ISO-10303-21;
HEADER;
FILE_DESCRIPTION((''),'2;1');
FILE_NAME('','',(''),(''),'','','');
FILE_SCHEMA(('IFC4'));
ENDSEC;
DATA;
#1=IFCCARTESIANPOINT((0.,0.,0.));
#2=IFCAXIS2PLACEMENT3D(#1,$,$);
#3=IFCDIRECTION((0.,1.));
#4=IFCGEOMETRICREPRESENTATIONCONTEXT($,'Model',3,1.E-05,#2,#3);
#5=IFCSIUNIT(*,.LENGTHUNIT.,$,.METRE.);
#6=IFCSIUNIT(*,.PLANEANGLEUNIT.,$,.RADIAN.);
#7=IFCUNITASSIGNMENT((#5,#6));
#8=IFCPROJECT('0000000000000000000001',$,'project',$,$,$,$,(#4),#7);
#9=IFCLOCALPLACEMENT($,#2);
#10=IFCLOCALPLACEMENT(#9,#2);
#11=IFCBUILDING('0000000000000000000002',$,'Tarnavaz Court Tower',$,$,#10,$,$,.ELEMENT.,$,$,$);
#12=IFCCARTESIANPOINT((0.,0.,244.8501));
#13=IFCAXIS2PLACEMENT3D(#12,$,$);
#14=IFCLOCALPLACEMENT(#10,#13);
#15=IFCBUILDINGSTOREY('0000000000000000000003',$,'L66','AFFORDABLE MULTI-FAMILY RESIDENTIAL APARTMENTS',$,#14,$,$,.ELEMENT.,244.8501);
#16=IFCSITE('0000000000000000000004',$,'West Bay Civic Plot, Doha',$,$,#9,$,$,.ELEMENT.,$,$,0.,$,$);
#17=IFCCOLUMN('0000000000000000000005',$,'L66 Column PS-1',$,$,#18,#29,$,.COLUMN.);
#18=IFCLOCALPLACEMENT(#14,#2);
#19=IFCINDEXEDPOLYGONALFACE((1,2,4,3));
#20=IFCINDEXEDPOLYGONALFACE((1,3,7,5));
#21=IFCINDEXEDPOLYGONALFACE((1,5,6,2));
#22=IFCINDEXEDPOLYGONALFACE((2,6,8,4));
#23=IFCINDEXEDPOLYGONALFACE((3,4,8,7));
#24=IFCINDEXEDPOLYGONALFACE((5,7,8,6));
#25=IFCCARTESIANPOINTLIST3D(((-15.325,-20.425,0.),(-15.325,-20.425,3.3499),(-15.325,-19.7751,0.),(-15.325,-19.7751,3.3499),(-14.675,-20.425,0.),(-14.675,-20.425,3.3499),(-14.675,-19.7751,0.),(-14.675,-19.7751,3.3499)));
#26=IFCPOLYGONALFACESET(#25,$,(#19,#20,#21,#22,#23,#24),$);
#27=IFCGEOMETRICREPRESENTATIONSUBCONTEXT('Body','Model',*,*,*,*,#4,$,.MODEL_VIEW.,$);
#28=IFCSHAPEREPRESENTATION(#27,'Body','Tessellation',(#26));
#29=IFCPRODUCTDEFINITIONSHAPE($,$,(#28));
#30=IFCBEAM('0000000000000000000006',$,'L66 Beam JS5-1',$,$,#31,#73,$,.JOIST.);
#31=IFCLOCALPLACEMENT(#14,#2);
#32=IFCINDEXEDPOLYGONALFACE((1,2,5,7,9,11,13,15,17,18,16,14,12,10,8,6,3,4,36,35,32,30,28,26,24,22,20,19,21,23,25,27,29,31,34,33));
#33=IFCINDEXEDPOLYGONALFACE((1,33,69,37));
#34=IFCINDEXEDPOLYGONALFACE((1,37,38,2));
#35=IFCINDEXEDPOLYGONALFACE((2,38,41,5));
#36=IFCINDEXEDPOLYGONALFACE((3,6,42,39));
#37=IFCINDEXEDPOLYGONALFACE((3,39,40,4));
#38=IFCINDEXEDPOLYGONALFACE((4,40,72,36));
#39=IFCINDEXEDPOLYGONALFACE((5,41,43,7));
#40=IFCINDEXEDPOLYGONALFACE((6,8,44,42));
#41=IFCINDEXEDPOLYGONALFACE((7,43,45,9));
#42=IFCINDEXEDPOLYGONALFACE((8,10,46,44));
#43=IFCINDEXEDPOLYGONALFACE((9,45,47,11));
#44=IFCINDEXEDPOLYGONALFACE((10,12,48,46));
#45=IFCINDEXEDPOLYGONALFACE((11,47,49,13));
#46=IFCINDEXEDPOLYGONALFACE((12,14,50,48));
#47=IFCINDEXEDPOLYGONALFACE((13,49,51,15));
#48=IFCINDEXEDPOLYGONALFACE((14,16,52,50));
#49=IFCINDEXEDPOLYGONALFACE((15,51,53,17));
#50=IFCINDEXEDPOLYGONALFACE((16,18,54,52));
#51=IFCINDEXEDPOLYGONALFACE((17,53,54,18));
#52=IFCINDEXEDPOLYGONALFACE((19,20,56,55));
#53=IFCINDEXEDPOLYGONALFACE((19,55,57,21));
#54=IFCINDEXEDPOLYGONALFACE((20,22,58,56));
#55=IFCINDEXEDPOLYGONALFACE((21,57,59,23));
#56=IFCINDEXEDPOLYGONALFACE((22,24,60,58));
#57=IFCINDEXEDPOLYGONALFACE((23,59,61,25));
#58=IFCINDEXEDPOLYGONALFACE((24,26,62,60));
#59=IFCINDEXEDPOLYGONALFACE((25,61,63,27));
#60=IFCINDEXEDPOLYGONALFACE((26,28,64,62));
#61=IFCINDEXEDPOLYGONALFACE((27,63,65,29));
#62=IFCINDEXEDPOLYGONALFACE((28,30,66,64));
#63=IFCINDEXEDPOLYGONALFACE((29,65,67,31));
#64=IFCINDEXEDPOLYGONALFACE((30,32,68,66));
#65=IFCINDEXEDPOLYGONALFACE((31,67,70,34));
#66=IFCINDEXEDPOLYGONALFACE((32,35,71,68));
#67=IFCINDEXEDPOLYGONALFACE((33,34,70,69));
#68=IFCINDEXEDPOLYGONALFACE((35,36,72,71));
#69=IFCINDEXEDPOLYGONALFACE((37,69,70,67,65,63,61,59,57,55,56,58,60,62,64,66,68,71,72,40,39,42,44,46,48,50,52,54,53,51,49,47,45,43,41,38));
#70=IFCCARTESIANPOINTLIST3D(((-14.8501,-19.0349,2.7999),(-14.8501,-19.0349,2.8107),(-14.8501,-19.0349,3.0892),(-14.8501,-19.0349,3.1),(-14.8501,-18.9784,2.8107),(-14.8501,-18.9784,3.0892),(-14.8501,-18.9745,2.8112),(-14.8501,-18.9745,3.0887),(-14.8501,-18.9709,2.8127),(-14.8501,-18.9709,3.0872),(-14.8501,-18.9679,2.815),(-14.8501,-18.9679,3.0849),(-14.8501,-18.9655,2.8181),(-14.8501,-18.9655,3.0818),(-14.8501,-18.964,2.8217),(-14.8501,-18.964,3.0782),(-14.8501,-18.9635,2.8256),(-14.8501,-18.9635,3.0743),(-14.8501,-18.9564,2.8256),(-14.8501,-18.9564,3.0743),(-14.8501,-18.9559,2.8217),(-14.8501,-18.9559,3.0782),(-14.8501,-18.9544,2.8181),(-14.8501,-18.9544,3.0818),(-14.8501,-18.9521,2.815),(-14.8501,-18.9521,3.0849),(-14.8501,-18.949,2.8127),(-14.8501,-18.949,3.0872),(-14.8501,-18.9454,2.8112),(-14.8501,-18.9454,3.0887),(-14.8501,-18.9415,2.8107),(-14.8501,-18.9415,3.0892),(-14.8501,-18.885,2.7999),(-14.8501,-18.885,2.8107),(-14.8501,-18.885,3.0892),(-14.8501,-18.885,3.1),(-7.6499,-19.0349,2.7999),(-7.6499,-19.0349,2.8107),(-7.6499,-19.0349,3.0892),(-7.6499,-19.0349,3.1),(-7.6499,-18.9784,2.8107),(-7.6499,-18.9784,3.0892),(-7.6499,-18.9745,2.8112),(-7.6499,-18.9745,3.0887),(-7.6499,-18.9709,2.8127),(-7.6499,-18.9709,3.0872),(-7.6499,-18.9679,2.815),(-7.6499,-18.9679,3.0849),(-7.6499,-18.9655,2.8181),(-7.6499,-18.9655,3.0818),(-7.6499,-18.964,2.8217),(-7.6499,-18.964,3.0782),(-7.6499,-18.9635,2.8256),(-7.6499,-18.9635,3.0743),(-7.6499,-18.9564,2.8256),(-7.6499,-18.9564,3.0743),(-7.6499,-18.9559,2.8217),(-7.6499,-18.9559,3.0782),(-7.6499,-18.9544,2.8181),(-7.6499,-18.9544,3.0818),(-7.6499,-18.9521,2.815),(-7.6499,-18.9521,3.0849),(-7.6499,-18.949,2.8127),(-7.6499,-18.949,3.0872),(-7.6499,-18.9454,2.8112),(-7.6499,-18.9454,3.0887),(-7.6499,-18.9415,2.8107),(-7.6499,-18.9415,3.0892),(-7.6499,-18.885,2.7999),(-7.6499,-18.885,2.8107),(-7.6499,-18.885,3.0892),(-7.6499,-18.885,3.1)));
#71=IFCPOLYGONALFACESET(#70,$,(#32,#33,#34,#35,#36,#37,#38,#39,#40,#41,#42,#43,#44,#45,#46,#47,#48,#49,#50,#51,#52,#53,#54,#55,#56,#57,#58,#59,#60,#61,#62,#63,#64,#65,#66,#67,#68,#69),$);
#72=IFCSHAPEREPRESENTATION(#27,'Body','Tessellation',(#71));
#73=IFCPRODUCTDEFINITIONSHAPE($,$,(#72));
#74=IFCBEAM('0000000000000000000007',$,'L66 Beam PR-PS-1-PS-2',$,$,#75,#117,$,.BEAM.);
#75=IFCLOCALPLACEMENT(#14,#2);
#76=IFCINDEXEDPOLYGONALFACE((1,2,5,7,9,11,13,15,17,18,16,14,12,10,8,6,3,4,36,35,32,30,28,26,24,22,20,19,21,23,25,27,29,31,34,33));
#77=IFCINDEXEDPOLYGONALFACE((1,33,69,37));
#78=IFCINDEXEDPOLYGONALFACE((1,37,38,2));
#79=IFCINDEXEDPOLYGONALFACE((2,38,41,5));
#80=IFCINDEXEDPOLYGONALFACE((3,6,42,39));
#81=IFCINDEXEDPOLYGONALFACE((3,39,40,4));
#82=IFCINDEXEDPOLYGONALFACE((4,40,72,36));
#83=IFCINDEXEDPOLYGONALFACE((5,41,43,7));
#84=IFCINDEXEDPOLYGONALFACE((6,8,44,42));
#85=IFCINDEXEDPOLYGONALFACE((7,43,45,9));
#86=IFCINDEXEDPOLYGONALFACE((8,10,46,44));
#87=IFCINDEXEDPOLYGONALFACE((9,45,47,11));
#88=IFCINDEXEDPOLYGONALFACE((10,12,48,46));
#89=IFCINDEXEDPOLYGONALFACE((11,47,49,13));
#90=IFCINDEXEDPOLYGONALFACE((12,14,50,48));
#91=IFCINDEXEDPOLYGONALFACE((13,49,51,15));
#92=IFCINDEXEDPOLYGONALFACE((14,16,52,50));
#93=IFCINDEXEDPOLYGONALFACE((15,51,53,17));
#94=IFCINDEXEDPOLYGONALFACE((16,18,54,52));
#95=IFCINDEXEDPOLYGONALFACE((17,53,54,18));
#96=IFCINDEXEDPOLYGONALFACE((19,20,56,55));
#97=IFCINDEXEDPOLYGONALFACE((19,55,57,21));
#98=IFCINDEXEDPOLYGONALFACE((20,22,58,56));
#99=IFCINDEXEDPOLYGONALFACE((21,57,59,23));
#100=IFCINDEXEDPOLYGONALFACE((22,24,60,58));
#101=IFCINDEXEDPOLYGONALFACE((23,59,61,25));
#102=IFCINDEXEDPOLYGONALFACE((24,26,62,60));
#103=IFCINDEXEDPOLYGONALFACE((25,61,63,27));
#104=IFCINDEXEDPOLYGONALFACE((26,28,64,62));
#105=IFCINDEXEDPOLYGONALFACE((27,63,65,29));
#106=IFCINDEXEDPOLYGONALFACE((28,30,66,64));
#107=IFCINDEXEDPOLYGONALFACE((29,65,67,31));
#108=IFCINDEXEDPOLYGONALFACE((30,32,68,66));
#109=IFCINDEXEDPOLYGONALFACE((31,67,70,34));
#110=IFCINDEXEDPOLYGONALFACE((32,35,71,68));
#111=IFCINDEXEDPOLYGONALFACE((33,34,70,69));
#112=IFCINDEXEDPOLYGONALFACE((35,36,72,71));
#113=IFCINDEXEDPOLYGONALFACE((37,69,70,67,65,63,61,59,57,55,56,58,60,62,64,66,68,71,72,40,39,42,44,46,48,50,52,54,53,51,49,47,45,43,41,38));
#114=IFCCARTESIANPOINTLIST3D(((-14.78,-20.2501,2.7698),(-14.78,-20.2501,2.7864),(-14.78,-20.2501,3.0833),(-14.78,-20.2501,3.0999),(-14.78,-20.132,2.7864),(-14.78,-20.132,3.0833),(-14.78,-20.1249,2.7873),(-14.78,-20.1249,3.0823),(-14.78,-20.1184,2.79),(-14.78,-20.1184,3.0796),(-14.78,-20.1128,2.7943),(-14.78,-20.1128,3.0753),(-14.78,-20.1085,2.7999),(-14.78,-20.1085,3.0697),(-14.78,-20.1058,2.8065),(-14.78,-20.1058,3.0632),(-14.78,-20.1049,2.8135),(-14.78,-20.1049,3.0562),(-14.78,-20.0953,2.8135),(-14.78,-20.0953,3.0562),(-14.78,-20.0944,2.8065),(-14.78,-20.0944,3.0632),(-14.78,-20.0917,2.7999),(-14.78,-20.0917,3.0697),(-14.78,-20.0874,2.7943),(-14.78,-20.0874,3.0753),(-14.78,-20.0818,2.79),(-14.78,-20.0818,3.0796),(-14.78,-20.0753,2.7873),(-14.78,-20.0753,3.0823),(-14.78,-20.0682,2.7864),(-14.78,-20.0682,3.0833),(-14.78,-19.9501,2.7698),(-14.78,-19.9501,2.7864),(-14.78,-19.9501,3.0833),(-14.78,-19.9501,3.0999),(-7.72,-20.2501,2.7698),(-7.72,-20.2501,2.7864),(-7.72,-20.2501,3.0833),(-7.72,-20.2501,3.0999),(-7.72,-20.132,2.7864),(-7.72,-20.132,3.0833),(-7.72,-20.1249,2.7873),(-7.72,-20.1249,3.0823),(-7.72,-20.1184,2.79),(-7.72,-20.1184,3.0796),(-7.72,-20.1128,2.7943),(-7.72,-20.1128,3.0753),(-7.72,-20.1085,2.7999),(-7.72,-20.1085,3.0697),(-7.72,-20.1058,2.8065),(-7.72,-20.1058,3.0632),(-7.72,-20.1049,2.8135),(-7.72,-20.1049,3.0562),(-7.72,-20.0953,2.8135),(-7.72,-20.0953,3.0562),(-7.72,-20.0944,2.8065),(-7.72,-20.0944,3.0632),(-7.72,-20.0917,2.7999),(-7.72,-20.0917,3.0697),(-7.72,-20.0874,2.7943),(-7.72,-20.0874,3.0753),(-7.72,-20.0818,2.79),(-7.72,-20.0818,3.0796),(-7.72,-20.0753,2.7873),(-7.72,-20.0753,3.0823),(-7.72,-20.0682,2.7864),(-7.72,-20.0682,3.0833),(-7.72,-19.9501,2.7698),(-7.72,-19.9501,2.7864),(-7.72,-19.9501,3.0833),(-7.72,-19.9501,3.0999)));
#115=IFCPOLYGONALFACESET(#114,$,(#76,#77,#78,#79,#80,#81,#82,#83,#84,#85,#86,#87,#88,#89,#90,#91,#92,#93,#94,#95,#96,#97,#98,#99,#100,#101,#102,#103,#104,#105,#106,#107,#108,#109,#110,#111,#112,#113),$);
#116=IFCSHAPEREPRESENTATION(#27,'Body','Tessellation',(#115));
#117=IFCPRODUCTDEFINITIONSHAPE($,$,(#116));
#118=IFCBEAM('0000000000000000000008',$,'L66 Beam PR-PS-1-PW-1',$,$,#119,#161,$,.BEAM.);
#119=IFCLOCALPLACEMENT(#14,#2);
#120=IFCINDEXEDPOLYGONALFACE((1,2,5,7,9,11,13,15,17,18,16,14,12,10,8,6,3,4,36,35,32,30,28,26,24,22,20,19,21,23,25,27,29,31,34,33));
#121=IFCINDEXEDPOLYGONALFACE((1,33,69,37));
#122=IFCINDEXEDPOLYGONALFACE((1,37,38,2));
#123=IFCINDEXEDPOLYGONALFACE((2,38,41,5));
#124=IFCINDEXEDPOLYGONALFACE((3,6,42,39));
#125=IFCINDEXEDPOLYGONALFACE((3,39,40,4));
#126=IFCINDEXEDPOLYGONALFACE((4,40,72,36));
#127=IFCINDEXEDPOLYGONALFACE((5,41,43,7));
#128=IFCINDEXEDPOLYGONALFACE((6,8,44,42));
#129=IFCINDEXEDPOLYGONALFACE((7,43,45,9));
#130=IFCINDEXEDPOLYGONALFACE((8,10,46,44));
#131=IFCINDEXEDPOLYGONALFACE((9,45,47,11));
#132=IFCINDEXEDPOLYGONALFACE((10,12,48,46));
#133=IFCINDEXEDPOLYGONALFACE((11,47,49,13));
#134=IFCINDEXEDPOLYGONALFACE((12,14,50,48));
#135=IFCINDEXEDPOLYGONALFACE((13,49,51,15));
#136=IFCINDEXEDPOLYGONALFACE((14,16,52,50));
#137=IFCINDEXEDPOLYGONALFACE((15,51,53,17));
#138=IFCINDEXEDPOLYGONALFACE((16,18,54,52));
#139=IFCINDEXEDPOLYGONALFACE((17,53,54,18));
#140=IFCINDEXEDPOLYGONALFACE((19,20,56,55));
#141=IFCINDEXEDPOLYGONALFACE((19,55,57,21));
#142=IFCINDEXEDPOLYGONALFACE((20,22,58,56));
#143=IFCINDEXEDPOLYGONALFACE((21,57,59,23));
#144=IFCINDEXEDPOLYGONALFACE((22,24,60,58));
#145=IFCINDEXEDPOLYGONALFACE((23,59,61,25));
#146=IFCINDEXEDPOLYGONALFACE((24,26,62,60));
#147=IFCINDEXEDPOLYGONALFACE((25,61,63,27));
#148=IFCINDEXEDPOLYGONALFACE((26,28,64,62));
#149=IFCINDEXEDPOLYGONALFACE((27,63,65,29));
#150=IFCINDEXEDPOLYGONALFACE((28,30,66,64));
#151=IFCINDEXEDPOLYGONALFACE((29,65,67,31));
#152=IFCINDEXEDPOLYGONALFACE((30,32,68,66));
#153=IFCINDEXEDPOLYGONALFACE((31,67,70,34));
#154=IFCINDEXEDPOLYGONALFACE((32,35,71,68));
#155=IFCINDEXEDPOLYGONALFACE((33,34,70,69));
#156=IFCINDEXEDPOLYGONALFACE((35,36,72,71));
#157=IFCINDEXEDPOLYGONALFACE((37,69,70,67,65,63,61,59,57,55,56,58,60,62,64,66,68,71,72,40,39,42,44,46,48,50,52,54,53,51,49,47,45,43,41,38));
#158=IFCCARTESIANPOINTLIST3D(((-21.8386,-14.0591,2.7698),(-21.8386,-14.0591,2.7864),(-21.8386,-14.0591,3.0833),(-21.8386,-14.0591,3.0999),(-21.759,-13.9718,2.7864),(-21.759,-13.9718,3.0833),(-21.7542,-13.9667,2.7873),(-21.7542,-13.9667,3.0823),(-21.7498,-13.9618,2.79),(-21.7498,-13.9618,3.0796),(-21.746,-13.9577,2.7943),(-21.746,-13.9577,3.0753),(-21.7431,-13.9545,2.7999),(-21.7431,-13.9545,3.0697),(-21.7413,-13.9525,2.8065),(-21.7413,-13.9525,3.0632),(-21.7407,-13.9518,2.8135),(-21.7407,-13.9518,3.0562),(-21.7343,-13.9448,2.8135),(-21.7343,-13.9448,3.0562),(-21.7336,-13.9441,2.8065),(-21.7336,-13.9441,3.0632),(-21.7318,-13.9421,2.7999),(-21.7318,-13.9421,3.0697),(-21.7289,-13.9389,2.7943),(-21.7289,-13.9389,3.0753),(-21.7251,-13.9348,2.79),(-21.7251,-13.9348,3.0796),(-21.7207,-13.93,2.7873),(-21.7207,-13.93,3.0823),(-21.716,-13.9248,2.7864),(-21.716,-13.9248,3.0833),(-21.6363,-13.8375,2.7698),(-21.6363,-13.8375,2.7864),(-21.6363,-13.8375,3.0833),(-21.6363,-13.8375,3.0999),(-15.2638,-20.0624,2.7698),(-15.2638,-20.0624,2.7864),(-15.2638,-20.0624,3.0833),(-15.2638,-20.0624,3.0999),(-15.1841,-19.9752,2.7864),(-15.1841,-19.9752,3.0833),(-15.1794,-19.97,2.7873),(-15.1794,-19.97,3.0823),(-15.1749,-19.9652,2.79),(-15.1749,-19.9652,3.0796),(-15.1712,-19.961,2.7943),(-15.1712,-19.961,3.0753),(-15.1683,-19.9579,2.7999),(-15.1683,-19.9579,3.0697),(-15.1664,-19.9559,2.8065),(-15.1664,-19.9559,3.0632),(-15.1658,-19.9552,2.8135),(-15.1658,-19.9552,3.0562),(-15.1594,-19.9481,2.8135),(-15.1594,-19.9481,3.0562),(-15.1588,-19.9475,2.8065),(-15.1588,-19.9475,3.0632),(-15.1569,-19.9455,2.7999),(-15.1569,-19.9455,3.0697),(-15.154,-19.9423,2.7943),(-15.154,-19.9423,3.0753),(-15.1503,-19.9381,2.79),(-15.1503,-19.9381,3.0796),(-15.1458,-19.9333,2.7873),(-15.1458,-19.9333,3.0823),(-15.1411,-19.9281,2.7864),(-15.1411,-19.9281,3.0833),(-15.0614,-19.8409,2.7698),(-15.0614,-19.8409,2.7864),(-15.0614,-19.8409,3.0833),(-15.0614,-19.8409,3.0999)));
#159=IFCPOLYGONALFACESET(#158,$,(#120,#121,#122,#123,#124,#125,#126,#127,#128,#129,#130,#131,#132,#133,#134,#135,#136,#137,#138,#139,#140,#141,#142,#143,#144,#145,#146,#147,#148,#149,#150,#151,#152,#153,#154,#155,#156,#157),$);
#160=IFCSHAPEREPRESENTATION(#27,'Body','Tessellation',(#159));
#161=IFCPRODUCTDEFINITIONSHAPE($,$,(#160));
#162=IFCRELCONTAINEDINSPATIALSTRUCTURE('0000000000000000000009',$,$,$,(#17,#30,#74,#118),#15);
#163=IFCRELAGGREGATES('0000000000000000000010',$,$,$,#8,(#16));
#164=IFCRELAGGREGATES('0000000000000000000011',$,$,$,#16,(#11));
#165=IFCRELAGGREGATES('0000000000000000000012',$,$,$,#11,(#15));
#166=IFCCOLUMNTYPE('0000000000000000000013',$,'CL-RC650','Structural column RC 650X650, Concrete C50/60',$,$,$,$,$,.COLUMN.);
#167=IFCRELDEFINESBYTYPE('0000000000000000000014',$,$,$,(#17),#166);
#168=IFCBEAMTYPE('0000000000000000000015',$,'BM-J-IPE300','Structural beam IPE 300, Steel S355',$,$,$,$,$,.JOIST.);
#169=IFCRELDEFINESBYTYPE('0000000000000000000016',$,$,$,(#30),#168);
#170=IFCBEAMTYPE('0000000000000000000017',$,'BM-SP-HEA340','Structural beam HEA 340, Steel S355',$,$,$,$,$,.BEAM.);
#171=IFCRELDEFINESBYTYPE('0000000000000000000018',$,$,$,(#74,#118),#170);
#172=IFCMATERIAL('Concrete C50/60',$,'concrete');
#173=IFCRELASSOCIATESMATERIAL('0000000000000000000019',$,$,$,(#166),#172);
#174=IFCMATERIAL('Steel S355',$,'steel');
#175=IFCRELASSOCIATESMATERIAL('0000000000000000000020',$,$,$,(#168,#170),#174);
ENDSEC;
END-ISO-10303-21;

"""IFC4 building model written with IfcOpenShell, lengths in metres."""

from ifc_helpers import new_model, si_unit, direction, frame, origin, origin_2d, place, context, subcontext, project, spatial, rectangle, i_section, extrude, material, material_profile, profile_set, type_object, element, save


model = new_model("IFC4")

# Units and contexts
model_context = context("Model", 3, precision=1e-05, world=origin(), true_north=direction((0.0, 1.0)))
body_context = subcontext(model_context, "Body", "Model", "MODEL_VIEW")
ifc_project = project(units=[si_unit("LENGTHUNIT", "METRE"), si_unit("PLANEANGLEUNIT", "RADIAN")], contexts=[model_context])

# Site, building, storey
site_placement = place(None, origin())
site = spatial("IfcSite", under=ifc_project, at=site_placement, Name="West Bay Civic Plot, Doha", CompositionType="ELEMENT", RefElevation=0.0)
building_placement = place(site_placement, origin())
building = spatial("IfcBuilding", under=site, at=building_placement, Name="Tarnavaz Court Tower", CompositionType="ELEMENT")
storey_placement = place(building_placement, frame((0.0, 0.0, 244.8501)))
storey = spatial("IfcBuildingStorey", under=building, at=storey_placement, Name="L66", Description="AFFORDABLE MULTI-FAMILY RESIDENTIAL APARTMENTS", CompositionType="ELEMENT", Elevation=244.8501)

# Column
ifc_material_1 = material(Name="Concrete C50/60", Category="concrete")
ifc_material_profile_1 = material_profile(ifc_material_1, rectangle(XDim=0.6499, YDim=0.6499, at=origin_2d()), Name="RC 650X650")
ifc_profile_set_1 = profile_set([ifc_material_profile_1], Name="Concrete C50/60")
column_type = type_object("IfcColumnType", Name="CL-RC650", Description="Structural column RC 650X650, Concrete C50/60", PredefinedType="COLUMN", material=ifc_profile_set_1)
column_placement = place(storey_placement, frame((-15.0, -20.1001, 0.0), z_axis=(0.0, 0.0, 1.0), x_axis=(1.0, 0.0, 0.0)))
element("IfcColumn", 1, at=column_placement, inside=storey, type_object=column_type, Name="L66 Column PS-1", PredefinedType="COLUMN", context=body_context, shape_type="SweptSolid", body=[
    extrude(rectangle(XDim=0.6499, YDim=0.6499, at=origin_2d()), origin(), (0.0, 0.0, 1.0), 3.3499),
])

# Beams
ifc_material_2 = material(Name="Steel S355", Category="steel")
ifc_material_profile_2 = material_profile(ifc_material_2, i_section(OverallWidth=0.1499, OverallDepth=0.3, WebThickness=0.0071, FlangeThickness=0.0107, FilletRadius=0.0149, at=origin_2d()), Name="IPE 300")
ifc_profile_set_2 = profile_set([ifc_material_profile_2], Name="Steel S355")
beam_type_1 = type_object("IfcBeamType", Name="BM-J-IPE300", Description="Structural beam IPE 300, Steel S355", PredefinedType="JOIST", material=ifc_profile_set_2)
beam_1_placement = place(storey_placement, frame((-14.8501, -18.96, 2.95), z_axis=(1.0, 0.0, 0.0), x_axis=(0.0, 1.0, 0.0)))
element("IfcBeam", 2, at=beam_1_placement, inside=storey, type_object=beam_type_1, Name="L66 Beam JS5-1", PredefinedType="JOIST", context=body_context, shape_type="SweptSolid", body=[
    extrude(i_section(OverallWidth=0.1499, OverallDepth=0.3, WebThickness=0.0071, FlangeThickness=0.0107, FilletRadius=0.0149, at=origin_2d()), origin(), (0.0, 0.0, 1.0), 7.2002),
])
ifc_material_profile_3 = material_profile(ifc_material_2, i_section(OverallWidth=0.3, OverallDepth=0.3301, WebThickness=0.0095, FlangeThickness=0.0166, FilletRadius=0.0271, at=origin_2d()), Name="HEA 340")
ifc_profile_set_3 = profile_set([ifc_material_profile_3], Name="Steel S355")
beam_type_2 = type_object("IfcBeamType", Name="BM-SP-HEA340", Description="Structural beam HEA 340, Steel S355", PredefinedType="BEAM", material=ifc_profile_set_3)
beam_2_placement = place(storey_placement, frame((-14.78, -20.1001, 2.9348), z_axis=(1.0, 0.0, 0.0), x_axis=(0.0, 1.0, 0.0)))
element("IfcBeam", 3, at=beam_2_placement, inside=storey, type_object=beam_type_2, Name="L66 Beam PR-PS-1-PS-2", PredefinedType="BEAM", context=body_context, shape_type="SweptSolid", body=[
    extrude(i_section(OverallWidth=0.3, OverallDepth=0.3301, WebThickness=0.0095, FlangeThickness=0.0166, FilletRadius=0.0271, at=origin_2d()), origin(), (0.0, 0.0, 1.0), 7.0601),
])
beam_3_placement = place(storey_placement, frame((-15.1626, -19.9517, 2.9348), z_axis=(-0.738474, 0.674282, 0.0), x_axis=(-0.674282, -0.738474, 0.0)))
element("IfcBeam", 4, at=beam_3_placement, inside=storey, type_object=beam_type_2, Name="L66 Beam PR-PS-1-PW-1", PredefinedType="BEAM", context=body_context, shape_type="SweptSolid", body=[
    extrude(i_section(OverallWidth=0.3, OverallDepth=0.3301, WebThickness=0.0095, FlangeThickness=0.0166, FilletRadius=0.0271, at=origin_2d()), origin(), (0.0, 0.0, 1.0), 8.9033),
])

save(model, "model.ifc")
